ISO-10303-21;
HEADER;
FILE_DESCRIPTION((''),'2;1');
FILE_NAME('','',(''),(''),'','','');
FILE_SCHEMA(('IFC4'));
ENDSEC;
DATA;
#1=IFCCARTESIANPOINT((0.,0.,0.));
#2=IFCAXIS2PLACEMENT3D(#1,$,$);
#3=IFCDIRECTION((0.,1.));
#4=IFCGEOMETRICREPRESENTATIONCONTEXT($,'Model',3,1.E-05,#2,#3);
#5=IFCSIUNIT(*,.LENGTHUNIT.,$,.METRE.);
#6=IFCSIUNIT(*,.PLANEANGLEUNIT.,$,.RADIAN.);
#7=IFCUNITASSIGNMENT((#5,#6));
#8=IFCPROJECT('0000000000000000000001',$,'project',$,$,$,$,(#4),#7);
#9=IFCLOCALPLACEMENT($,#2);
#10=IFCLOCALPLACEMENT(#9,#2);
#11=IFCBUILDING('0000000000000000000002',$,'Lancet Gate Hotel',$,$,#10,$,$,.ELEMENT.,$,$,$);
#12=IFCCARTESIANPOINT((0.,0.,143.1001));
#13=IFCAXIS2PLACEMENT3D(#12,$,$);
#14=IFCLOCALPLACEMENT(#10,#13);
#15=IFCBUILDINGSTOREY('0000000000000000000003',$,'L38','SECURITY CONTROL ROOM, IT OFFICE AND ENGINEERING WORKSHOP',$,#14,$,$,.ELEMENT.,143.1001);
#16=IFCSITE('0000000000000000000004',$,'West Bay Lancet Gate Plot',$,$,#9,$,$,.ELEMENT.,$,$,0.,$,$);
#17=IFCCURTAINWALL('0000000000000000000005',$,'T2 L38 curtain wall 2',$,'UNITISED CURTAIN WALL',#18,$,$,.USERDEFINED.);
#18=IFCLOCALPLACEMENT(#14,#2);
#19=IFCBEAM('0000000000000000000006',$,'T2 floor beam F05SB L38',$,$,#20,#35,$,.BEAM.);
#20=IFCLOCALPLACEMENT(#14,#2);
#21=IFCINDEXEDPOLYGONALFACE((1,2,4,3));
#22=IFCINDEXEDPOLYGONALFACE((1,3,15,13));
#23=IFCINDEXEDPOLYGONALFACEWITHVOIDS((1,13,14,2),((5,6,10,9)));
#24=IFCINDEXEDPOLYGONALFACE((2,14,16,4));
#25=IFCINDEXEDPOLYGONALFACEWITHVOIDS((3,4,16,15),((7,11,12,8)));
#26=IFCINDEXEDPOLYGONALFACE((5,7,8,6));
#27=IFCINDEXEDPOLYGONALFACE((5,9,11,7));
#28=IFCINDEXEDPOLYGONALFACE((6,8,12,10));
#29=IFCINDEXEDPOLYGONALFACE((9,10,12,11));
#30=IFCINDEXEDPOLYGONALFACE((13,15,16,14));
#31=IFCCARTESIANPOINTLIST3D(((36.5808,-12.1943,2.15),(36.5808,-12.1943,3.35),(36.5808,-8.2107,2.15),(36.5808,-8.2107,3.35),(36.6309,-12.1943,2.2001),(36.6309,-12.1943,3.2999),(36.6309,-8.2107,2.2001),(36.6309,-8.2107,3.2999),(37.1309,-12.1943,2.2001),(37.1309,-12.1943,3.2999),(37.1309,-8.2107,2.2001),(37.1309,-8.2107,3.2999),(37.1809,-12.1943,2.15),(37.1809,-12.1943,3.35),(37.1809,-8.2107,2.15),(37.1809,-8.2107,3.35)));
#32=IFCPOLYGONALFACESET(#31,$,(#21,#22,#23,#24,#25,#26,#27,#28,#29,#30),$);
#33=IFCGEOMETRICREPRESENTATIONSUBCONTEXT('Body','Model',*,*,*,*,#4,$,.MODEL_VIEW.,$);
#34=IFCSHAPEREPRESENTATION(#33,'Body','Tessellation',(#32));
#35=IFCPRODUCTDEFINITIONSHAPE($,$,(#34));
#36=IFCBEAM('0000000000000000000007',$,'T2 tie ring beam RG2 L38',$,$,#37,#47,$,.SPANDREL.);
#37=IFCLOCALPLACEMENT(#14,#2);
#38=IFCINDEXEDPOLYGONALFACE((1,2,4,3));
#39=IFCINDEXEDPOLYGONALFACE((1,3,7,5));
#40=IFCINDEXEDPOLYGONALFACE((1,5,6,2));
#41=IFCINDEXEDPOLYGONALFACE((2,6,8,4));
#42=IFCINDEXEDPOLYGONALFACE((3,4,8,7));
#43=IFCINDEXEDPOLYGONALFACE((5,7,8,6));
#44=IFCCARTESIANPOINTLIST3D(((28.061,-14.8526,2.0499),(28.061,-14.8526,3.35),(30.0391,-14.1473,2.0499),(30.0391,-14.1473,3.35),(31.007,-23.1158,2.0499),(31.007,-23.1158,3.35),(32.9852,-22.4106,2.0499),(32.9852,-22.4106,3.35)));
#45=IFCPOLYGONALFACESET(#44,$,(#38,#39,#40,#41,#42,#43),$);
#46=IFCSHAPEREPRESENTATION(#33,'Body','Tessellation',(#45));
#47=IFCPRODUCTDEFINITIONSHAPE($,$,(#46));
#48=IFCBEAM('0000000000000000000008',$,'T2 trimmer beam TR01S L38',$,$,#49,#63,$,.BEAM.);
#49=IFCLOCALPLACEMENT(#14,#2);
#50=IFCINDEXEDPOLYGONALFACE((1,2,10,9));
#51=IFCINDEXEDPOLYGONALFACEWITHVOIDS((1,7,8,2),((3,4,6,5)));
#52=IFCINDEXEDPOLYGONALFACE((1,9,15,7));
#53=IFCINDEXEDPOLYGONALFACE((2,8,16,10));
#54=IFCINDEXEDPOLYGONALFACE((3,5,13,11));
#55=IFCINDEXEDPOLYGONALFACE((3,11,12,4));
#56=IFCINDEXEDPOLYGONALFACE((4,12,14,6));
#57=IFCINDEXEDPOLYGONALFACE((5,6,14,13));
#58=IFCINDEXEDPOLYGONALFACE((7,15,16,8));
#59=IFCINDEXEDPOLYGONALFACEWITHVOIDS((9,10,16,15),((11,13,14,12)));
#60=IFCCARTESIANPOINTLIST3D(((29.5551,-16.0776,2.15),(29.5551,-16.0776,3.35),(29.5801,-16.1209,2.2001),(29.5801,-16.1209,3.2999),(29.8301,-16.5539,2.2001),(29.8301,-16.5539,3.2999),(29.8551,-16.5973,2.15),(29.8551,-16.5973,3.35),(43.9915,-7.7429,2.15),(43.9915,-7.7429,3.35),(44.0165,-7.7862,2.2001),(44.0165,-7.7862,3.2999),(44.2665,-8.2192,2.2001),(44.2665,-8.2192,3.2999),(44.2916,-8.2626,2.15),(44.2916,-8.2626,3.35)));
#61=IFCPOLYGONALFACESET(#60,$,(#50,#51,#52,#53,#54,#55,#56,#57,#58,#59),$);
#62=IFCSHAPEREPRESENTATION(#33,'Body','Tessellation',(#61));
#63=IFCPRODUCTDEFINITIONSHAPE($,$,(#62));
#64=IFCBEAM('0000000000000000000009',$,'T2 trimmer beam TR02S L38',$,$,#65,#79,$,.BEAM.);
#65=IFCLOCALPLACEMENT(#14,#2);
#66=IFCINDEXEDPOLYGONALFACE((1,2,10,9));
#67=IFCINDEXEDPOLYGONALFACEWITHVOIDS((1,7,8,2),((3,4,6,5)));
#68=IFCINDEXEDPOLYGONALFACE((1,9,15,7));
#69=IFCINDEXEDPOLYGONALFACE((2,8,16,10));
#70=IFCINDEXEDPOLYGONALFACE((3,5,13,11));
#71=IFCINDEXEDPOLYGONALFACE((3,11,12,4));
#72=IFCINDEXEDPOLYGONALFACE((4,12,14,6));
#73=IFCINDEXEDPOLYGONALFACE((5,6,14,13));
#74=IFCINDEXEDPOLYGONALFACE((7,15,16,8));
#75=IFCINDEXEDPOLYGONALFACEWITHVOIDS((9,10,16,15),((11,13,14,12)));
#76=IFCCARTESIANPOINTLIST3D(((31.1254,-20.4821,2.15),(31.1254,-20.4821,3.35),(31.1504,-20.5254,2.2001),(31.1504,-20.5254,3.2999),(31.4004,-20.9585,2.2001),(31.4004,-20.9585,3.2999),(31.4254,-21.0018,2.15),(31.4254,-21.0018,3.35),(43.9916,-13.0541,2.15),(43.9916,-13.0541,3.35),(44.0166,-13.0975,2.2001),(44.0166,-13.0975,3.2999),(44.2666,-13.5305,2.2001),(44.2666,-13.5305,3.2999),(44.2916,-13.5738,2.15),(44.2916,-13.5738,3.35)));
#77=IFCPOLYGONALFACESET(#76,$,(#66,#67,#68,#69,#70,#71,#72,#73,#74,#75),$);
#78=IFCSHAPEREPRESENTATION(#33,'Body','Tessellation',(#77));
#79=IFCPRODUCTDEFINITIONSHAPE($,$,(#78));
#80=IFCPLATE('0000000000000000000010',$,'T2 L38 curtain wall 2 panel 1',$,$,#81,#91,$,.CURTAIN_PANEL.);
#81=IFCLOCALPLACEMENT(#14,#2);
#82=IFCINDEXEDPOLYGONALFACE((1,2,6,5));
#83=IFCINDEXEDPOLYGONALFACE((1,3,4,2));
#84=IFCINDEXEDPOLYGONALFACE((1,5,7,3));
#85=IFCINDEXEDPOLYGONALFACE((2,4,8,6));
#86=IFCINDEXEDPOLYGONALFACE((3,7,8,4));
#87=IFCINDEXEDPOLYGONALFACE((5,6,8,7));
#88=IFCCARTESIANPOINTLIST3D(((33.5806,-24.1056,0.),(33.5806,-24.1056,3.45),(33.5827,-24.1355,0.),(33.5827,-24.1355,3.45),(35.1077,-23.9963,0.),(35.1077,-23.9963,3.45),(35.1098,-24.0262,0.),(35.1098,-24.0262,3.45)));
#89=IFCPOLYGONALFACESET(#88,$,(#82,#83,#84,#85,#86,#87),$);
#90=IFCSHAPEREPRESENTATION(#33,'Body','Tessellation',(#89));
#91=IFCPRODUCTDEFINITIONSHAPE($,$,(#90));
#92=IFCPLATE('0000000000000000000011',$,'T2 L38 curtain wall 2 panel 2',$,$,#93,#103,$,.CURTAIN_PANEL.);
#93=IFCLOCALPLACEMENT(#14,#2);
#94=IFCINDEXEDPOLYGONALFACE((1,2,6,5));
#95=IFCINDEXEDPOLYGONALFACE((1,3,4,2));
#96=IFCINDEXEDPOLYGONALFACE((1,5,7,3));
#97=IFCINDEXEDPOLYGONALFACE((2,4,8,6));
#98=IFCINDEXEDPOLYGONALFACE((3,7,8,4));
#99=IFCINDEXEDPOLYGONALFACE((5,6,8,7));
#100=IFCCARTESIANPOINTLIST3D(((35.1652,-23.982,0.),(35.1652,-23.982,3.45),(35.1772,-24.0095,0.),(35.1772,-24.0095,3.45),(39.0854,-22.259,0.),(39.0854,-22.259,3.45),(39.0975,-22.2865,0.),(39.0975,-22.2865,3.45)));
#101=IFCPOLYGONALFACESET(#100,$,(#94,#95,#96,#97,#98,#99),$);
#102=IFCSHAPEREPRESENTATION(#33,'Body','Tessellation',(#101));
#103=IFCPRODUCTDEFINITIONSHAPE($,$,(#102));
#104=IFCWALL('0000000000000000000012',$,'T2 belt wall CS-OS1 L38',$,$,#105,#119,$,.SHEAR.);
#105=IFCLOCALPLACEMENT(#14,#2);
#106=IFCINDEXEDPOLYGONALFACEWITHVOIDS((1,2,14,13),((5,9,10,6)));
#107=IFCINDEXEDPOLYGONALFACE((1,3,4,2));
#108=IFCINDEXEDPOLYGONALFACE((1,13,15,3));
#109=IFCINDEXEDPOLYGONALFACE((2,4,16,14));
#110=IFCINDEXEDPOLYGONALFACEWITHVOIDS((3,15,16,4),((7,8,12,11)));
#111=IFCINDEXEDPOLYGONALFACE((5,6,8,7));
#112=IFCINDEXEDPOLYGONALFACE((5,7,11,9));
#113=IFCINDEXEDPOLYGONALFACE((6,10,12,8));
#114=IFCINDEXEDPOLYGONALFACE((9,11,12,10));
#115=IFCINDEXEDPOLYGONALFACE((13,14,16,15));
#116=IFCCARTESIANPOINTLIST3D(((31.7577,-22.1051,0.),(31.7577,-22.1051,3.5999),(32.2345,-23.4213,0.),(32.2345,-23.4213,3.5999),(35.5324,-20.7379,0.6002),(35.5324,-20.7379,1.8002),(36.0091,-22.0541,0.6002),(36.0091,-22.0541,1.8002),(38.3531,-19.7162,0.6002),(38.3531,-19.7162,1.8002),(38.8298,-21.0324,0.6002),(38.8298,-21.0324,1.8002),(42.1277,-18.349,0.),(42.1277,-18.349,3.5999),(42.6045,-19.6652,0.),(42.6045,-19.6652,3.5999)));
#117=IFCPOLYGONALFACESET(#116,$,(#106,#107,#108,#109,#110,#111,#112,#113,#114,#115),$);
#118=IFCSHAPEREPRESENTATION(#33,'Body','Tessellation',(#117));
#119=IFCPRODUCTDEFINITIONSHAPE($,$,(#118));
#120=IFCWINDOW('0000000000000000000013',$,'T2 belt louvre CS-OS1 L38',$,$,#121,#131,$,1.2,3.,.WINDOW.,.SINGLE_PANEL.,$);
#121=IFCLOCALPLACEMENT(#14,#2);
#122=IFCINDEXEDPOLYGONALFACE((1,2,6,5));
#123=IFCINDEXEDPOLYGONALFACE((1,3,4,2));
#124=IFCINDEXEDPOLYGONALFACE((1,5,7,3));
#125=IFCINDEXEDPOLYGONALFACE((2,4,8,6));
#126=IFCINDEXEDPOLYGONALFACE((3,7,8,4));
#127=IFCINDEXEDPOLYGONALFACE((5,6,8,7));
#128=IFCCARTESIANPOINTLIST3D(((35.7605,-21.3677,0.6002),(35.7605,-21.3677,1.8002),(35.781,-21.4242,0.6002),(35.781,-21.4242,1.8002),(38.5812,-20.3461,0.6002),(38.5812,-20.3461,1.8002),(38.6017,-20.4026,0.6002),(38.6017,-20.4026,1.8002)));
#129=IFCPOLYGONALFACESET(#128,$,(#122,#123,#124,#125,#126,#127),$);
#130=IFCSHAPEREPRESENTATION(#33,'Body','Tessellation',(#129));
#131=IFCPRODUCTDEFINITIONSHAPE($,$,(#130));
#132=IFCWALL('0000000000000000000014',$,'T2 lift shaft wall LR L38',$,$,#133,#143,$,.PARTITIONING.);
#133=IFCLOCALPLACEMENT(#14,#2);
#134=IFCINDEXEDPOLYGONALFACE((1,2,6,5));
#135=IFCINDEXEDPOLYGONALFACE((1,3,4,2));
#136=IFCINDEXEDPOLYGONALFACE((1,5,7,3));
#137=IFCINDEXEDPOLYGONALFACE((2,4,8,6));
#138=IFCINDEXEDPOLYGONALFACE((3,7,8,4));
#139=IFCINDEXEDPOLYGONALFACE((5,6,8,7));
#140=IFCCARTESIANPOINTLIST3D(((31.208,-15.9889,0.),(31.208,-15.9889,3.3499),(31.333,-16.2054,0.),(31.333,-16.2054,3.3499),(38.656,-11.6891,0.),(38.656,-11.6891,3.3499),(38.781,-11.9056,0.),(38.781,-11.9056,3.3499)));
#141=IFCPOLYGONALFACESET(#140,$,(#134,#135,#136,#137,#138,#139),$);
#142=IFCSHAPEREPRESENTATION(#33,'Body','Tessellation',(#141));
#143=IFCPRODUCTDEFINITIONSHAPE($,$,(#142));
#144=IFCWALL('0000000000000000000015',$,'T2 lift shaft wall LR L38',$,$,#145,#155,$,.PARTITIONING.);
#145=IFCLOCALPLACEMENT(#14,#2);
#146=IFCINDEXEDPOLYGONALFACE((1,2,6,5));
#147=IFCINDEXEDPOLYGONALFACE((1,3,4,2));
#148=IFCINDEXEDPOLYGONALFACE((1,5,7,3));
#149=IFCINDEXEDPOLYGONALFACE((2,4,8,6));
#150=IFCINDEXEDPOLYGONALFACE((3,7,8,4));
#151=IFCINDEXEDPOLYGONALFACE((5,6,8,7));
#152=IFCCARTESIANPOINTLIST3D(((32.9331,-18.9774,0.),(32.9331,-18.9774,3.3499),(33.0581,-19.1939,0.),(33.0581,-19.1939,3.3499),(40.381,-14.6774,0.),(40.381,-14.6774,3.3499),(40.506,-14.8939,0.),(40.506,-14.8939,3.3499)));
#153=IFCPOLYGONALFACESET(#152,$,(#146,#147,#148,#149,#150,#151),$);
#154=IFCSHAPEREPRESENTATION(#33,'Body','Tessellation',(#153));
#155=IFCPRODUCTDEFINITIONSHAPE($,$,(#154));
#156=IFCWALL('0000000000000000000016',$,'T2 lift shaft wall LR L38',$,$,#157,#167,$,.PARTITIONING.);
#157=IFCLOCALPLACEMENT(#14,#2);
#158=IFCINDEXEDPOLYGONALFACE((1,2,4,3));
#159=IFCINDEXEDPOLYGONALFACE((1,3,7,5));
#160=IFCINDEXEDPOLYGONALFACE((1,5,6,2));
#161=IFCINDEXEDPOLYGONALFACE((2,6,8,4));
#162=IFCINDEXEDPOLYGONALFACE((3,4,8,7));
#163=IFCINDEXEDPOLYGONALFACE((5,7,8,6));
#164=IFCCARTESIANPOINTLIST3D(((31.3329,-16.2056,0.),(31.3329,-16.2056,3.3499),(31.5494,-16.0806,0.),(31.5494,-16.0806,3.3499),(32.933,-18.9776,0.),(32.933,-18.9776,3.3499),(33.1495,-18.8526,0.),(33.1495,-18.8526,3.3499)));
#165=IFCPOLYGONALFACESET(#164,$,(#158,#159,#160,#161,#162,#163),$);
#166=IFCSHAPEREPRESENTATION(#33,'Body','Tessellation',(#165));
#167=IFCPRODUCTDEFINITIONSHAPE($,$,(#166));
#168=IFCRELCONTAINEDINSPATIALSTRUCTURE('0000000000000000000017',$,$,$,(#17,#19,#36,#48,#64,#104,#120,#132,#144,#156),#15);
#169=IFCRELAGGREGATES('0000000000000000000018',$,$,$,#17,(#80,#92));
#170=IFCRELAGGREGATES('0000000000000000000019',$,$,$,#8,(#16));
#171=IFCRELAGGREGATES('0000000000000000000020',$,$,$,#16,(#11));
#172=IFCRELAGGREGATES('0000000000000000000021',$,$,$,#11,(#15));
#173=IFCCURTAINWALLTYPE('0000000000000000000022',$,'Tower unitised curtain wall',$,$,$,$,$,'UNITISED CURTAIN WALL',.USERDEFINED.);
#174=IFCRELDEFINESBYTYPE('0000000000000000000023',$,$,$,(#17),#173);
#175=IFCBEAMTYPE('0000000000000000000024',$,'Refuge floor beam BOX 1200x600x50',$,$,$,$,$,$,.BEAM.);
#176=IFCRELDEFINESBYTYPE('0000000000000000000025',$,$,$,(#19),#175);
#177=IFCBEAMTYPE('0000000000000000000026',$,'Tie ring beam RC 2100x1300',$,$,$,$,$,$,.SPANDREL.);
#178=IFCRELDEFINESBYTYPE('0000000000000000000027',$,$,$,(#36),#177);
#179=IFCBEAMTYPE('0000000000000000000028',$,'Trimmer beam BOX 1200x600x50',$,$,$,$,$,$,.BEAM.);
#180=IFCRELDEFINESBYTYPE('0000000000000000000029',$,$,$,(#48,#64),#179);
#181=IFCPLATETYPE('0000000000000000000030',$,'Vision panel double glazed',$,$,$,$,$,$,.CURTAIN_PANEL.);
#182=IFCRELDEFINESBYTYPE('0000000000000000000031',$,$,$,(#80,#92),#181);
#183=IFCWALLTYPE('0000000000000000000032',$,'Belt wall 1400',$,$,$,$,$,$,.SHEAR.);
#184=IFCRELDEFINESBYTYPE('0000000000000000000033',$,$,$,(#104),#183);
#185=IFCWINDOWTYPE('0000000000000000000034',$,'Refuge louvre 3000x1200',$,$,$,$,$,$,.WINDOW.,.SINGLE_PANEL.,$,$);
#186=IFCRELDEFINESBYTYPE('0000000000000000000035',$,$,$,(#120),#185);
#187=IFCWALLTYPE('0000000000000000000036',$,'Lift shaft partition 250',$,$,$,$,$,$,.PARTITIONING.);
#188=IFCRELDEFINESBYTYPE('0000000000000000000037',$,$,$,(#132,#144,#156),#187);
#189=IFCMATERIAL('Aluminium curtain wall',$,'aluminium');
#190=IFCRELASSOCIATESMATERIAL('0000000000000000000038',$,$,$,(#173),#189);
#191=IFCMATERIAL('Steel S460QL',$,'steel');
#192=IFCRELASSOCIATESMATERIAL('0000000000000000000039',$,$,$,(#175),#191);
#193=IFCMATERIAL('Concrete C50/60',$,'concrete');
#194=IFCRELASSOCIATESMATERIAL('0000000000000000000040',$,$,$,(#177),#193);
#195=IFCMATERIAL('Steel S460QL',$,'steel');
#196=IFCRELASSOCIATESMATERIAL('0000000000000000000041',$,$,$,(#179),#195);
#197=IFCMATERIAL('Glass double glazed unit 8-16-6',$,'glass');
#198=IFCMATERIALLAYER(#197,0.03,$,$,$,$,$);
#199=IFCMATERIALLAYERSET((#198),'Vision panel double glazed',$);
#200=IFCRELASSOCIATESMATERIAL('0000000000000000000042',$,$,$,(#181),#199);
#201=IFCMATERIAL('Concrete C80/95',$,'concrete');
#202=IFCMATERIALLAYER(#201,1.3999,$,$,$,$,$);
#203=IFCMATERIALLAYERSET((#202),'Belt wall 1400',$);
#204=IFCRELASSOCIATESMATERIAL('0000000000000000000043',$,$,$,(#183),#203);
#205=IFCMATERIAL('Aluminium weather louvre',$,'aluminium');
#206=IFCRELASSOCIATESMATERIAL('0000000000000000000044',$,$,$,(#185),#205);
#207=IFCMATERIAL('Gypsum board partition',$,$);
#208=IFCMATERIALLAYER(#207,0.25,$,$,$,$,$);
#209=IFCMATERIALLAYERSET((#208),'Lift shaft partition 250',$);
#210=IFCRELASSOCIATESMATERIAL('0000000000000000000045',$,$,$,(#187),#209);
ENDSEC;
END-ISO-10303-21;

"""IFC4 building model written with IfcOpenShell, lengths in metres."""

from ifc_helpers import new_model, si_unit, direction, frame, frame_2d, origin, origin_2d, place, context, subcontext, project, spatial, rectangle, hollow_rectangle, extrude, material, layer, layer_set, material_profile, profile_set, type_object, element, fill, aggregate, save


model = new_model("IFC4")

# Units and contexts
model_context = context("Model", 3, precision=1e-05, world=origin(), true_north=direction((0.0, 1.0)))
body_context = subcontext(model_context, "Body", "Model", "MODEL_VIEW")
ifc_project = project(units=[si_unit("LENGTHUNIT", "METRE"), si_unit("PLANEANGLEUNIT", "RADIAN")], contexts=[model_context])

# Site, building, storey
site_placement = place(None, origin())
site = spatial("IfcSite", under=ifc_project, at=site_placement, Name="West Bay Lancet Gate Plot", CompositionType="ELEMENT", RefElevation=0.0)
building_placement = place(site_placement, origin())
building = spatial("IfcBuilding", under=site, at=building_placement, Name="Lancet Gate Hotel", CompositionType="ELEMENT")
storey_placement = place(building_placement, frame((0.0, 0.0, 143.1001)))
storey = spatial("IfcBuildingStorey", under=building, at=storey_placement, Name="L38", Description="SECURITY CONTROL ROOM, IT OFFICE AND ENGINEERING WORKSHOP", CompositionType="ELEMENT", Elevation=143.1001)

# Shared definitions
ifc_material_1 = material(Name="Aluminium curtain wall", Category="aluminium")
curtain_wall_type = type_object("IfcCurtainWallType", Name="Tower unitised curtain wall", ElementType="UNITISED CURTAIN WALL", PredefinedType="USERDEFINED", material=ifc_material_1)

# Curtain wall
curtain_wall_1_placement = place(storey_placement, origin())
curtain_wall_1 = element("IfcCurtainWall", 1, at=curtain_wall_1_placement, inside=storey, type_object=curtain_wall_type, Name="T2 L38 curtain wall 2", ObjectType="UNITISED CURTAIN WALL", PredefinedType="USERDEFINED")

# Beams
ifc_material_2 = material(Name="Steel S460QL", Category="steel")
ifc_material_profile_1 = material_profile(ifc_material_2, hollow_rectangle(XDim=0.6001, YDim=1.2, WallThickness=0.05, at=origin_2d()), Name="BOX 1200x600x50")
ifc_profile_set_1 = profile_set([ifc_material_profile_1], Name="Steel S460QL")
beam_type_1 = type_object("IfcBeamType", Name="Refuge floor beam BOX 1200x600x50", PredefinedType="BEAM", material=ifc_profile_set_1)
beam_1_placement = place(storey_placement, frame((36.8809, -12.1943, 2.75), z_axis=(0.0, 1.0, 0.0), x_axis=(-1.0, 0.0, 0.0)))
element("IfcBeam", 2, at=beam_1_placement, inside=storey, type_object=beam_type_1, Name="T2 floor beam F05SB L38", PredefinedType="BEAM", context=body_context, shape_type="SweptSolid", body=[
    extrude(hollow_rectangle(XDim=0.6001, YDim=1.2, WallThickness=0.05, at=origin_2d()), origin(), (0.0, 0.0, 1.0), 3.9836),
])
ifc_material_3 = material(Name="Concrete C50/60", Category="concrete")
ifc_material_profile_2 = material_profile(ifc_material_3, rectangle(XDim=2.1001, YDim=1.3, at=origin_2d()), Name="RC 2100x1300")
ifc_profile_set_2 = profile_set([ifc_material_profile_2], Name="Concrete C50/60")
beam_type_2 = type_object("IfcBeamType", Name="Tie ring beam RC 2100x1300", PredefinedType="SPANDREL", material=ifc_profile_set_2)
beam_2_placement = place(storey_placement, frame((31.9961, -22.7632, 2.7), z_axis=(-0.335822, 0.941926, 0.0), x_axis=(-0.941926, -0.335822, 0.0)))
element("IfcBeam", 3, at=beam_2_placement, inside=storey, type_object=beam_type_2, Name="T2 tie ring beam RG2 L38", PredefinedType="SPANDREL", context=body_context, shape_type="SweptSolid", body=[
    extrude(rectangle(XDim=2.1001, YDim=1.3, at=origin_2d()), origin(), (0.0, 0.0, 1.0), 8.7727),
])
ifc_material_4 = material(Name="Steel S460QL", Category="steel")
ifc_material_profile_3 = material_profile(ifc_material_4, hollow_rectangle(XDim=0.6001, YDim=1.2, WallThickness=0.05, at=origin_2d()), Name="BOX 1200x600x50")
ifc_profile_set_3 = profile_set([ifc_material_profile_3], Name="Steel S460QL")
beam_type_3 = type_object("IfcBeamType", Name="Trimmer beam BOX 1200x600x50", PredefinedType="BEAM", material=ifc_profile_set_3)
beam_3_placement = place(storey_placement, frame((29.7051, -16.3374, 2.75), z_axis=(0.866031, 0.49999, 0.0), x_axis=(-0.49999, 0.866031, 0.0)))
element("IfcBeam", 4, at=beam_3_placement, inside=storey, type_object=beam_type_3, Name="T2 trimmer beam TR01S L38", PredefinedType="BEAM", context=body_context, shape_type="SweptSolid", body=[
    extrude(hollow_rectangle(XDim=0.6001, YDim=1.2, WallThickness=0.05, at=origin_2d()), origin(), (0.0, 0.0, 1.0), 16.6697),
])
beam_4_placement = place(storey_placement, frame((31.2754, -20.7419, 2.75), z_axis=(0.866035, 0.499983, 0.0), x_axis=(-0.499983, 0.866035, 0.0)))
element("IfcBeam", 5, at=beam_4_placement, inside=storey, type_object=beam_type_3, Name="T2 trimmer beam TR02S L38", PredefinedType="BEAM", context=body_context, shape_type="SweptSolid", body=[
    extrude(hollow_rectangle(XDim=0.6001, YDim=1.2, WallThickness=0.05, at=origin_2d()), origin(), (0.0, 0.0, 1.0), 14.8564),
])

# Plates
ifc_material_5 = material(Name="Glass double glazed unit 8-16-6", Category="glass")
ifc_layer_1 = layer(ifc_material_5, 0.03)
ifc_layer_set_1 = layer_set([ifc_layer_1], Name="Vision panel double glazed")
plate_type = type_object("IfcPlateType", Name="Vision panel double glazed", PredefinedType="CURTAIN_PANEL", material=ifc_layer_set_1)
plate_1_placement = place(storey_placement, frame((34.3452, -24.0659, 0.0), z_axis=(0.0, 0.0, 1.0), x_axis=(0.997448, 0.07139, 0.0)))
plate_1 = element("IfcPlate", 6, at=plate_1_placement, type_object=plate_type, Name="T2 L38 curtain wall 2 panel 1", PredefinedType="CURTAIN_PANEL", context=body_context, shape_type="SweptSolid", body=[
    extrude(rectangle(XDim=1.531, YDim=0.03, at=origin_2d()), origin(), (0.0, 0.0, 1.0), 3.45),
])
plate_2_placement = place(storey_placement, frame((37.1313, -23.1343, 0.0), z_axis=(0.0, 0.0, 1.0), x_axis=(0.915479, 0.402367, 0.0)))
plate_2 = element("IfcPlate", 7, at=plate_2_placement, type_object=plate_type, Name="T2 L38 curtain wall 2 panel 2", PredefinedType="CURTAIN_PANEL", context=body_context, shape_type="SweptSolid", body=[
    extrude(rectangle(XDim=4.2822, YDim=0.03, at=origin_2d()), origin(), (0.0, 0.0, 1.0), 3.45),
])
aggregate(curtain_wall_1, [plate_1, plate_2])

# Wall, opening, window
ifc_material_6 = material(Name="Concrete C80/95", Category="concrete")
ifc_layer_2 = layer(ifc_material_6, 1.3999)
ifc_layer_set_2 = layer_set([ifc_layer_2], Name="Belt wall 1400")
wall_type_1 = type_object("IfcWallType", Name="Belt wall 1400", PredefinedType="SHEAR", material=ifc_layer_set_2)
wall_1_placement = place(storey_placement, frame((31.9961, -22.7632, 0.0), z_axis=(0.0, 0.0, 1.0), x_axis=(0.940225, 0.340554, 0.0)))
wall_1 = element("IfcWall", 8, at=wall_1_placement, inside=storey, type_object=wall_type_1, Name="T2 belt wall CS-OS1 L38", PredefinedType="SHEAR", context=body_context, shape_type="SweptSolid", body=[
    extrude(rectangle(XDim=11.0293, YDim=1.3999, at=frame_2d((5.5146, 0.0))), origin(), (0.0, 0.0, 1.0), 3.5999),
])
opening_1_placement = place(wall_1_placement, frame((4.0146, 0.0, 0.6001)))
opening_1 = element("IfcOpeningElement", 9, at=opening_1_placement, cuts=wall_1, PredefinedType="OPENING", context=body_context, shape_type="SweptSolid", body=[
    extrude(rectangle(XDim=3.0, YDim=1.2, at=frame_2d((1.5, 0.6001))), frame((0.0, 0.71, 0.0), z_axis=(0.0, -1.0, 0.0), x_axis=(1.0, 0.0, 0.0)), (0.0, 0.0, 1.0), 1.4199),
])
ifc_material_7 = material(Name="Aluminium weather louvre", Category="aluminium")
window_type = type_object("IfcWindowType", Name="Refuge louvre 3000x1200", PartitioningType="SINGLE_PANEL", PredefinedType="WINDOW", material=ifc_material_7)
window_placement = place(opening_1_placement, origin())
window = element("IfcWindow", 10, at=window_placement, inside=storey, type_object=window_type, Name="T2 belt louvre CS-OS1 L38", OverallHeight=1.2, OverallWidth=3.0, PartitioningType="SINGLE_PANEL", PredefinedType="WINDOW", context=body_context, shape_type="SweptSolid", body=[
    extrude(rectangle(XDim=3.0, YDim=1.2, at=frame_2d((1.5, 0.6001))), frame((0.0, 0.03, 0.0), z_axis=(0.0, -1.0, 0.0), x_axis=(1.0, 0.0, 0.0)), (0.0, 0.0, 1.0), 0.0601),
])
fill(opening_1, window)

# Walls
ifc_material_8 = material(Name="Gypsum board partition")
ifc_layer_3 = layer(ifc_material_8, 0.25)
ifc_layer_set_3 = layer_set([ifc_layer_3], Name="Lift shaft partition 250")
wall_type_2 = type_object("IfcWallType", Name="Lift shaft partition 250", PredefinedType="PARTITIONING", material=ifc_layer_set_3)
for number, where, z_axis, x_axis, name in (
    (11, (31.2705, -16.0972, 0.0), (0.0, 0.0, 1.0), (0.86604, 0.499974, 0.0), "T2 lift shaft wall LR L38"),
    (12, (32.9956, -19.0857, 0.0), (0.0, 0.0, 1.0), (0.866028, 0.499995, 0.0), "T2 lift shaft wall LR L38"),
):
    element("IfcWall", number, at=place(storey_placement, frame(where, z_axis=z_axis, x_axis=x_axis)), inside=storey, type_object=wall_type_2, Name=name, PredefinedType="PARTITIONING", context=body_context, shape_type="SweptSolid", body=[
        extrude(rectangle(XDim=8.6001, YDim=0.25, at=frame_2d((4.3, 0.0))), origin(), (0.0, 0.0, 1.0), 3.3499),
    ])
wall_2_placement = place(storey_placement, frame((31.4412, -16.1431, 0.0), z_axis=(0.0, 0.0, 1.0), x_axis=(0.499929, -0.866066, 0.0)))
element("IfcWall", 13, at=wall_2_placement, inside=storey, type_object=wall_type_2, Name="T2 lift shaft wall LR L38", PredefinedType="PARTITIONING", context=body_context, shape_type="SweptSolid", body=[
    extrude(rectangle(XDim=3.2007, YDim=0.25, at=frame_2d((1.6003, 0.0))), origin(), (0.0, 0.0, 1.0), 3.3499),
])

save(model, "model.ifc")
